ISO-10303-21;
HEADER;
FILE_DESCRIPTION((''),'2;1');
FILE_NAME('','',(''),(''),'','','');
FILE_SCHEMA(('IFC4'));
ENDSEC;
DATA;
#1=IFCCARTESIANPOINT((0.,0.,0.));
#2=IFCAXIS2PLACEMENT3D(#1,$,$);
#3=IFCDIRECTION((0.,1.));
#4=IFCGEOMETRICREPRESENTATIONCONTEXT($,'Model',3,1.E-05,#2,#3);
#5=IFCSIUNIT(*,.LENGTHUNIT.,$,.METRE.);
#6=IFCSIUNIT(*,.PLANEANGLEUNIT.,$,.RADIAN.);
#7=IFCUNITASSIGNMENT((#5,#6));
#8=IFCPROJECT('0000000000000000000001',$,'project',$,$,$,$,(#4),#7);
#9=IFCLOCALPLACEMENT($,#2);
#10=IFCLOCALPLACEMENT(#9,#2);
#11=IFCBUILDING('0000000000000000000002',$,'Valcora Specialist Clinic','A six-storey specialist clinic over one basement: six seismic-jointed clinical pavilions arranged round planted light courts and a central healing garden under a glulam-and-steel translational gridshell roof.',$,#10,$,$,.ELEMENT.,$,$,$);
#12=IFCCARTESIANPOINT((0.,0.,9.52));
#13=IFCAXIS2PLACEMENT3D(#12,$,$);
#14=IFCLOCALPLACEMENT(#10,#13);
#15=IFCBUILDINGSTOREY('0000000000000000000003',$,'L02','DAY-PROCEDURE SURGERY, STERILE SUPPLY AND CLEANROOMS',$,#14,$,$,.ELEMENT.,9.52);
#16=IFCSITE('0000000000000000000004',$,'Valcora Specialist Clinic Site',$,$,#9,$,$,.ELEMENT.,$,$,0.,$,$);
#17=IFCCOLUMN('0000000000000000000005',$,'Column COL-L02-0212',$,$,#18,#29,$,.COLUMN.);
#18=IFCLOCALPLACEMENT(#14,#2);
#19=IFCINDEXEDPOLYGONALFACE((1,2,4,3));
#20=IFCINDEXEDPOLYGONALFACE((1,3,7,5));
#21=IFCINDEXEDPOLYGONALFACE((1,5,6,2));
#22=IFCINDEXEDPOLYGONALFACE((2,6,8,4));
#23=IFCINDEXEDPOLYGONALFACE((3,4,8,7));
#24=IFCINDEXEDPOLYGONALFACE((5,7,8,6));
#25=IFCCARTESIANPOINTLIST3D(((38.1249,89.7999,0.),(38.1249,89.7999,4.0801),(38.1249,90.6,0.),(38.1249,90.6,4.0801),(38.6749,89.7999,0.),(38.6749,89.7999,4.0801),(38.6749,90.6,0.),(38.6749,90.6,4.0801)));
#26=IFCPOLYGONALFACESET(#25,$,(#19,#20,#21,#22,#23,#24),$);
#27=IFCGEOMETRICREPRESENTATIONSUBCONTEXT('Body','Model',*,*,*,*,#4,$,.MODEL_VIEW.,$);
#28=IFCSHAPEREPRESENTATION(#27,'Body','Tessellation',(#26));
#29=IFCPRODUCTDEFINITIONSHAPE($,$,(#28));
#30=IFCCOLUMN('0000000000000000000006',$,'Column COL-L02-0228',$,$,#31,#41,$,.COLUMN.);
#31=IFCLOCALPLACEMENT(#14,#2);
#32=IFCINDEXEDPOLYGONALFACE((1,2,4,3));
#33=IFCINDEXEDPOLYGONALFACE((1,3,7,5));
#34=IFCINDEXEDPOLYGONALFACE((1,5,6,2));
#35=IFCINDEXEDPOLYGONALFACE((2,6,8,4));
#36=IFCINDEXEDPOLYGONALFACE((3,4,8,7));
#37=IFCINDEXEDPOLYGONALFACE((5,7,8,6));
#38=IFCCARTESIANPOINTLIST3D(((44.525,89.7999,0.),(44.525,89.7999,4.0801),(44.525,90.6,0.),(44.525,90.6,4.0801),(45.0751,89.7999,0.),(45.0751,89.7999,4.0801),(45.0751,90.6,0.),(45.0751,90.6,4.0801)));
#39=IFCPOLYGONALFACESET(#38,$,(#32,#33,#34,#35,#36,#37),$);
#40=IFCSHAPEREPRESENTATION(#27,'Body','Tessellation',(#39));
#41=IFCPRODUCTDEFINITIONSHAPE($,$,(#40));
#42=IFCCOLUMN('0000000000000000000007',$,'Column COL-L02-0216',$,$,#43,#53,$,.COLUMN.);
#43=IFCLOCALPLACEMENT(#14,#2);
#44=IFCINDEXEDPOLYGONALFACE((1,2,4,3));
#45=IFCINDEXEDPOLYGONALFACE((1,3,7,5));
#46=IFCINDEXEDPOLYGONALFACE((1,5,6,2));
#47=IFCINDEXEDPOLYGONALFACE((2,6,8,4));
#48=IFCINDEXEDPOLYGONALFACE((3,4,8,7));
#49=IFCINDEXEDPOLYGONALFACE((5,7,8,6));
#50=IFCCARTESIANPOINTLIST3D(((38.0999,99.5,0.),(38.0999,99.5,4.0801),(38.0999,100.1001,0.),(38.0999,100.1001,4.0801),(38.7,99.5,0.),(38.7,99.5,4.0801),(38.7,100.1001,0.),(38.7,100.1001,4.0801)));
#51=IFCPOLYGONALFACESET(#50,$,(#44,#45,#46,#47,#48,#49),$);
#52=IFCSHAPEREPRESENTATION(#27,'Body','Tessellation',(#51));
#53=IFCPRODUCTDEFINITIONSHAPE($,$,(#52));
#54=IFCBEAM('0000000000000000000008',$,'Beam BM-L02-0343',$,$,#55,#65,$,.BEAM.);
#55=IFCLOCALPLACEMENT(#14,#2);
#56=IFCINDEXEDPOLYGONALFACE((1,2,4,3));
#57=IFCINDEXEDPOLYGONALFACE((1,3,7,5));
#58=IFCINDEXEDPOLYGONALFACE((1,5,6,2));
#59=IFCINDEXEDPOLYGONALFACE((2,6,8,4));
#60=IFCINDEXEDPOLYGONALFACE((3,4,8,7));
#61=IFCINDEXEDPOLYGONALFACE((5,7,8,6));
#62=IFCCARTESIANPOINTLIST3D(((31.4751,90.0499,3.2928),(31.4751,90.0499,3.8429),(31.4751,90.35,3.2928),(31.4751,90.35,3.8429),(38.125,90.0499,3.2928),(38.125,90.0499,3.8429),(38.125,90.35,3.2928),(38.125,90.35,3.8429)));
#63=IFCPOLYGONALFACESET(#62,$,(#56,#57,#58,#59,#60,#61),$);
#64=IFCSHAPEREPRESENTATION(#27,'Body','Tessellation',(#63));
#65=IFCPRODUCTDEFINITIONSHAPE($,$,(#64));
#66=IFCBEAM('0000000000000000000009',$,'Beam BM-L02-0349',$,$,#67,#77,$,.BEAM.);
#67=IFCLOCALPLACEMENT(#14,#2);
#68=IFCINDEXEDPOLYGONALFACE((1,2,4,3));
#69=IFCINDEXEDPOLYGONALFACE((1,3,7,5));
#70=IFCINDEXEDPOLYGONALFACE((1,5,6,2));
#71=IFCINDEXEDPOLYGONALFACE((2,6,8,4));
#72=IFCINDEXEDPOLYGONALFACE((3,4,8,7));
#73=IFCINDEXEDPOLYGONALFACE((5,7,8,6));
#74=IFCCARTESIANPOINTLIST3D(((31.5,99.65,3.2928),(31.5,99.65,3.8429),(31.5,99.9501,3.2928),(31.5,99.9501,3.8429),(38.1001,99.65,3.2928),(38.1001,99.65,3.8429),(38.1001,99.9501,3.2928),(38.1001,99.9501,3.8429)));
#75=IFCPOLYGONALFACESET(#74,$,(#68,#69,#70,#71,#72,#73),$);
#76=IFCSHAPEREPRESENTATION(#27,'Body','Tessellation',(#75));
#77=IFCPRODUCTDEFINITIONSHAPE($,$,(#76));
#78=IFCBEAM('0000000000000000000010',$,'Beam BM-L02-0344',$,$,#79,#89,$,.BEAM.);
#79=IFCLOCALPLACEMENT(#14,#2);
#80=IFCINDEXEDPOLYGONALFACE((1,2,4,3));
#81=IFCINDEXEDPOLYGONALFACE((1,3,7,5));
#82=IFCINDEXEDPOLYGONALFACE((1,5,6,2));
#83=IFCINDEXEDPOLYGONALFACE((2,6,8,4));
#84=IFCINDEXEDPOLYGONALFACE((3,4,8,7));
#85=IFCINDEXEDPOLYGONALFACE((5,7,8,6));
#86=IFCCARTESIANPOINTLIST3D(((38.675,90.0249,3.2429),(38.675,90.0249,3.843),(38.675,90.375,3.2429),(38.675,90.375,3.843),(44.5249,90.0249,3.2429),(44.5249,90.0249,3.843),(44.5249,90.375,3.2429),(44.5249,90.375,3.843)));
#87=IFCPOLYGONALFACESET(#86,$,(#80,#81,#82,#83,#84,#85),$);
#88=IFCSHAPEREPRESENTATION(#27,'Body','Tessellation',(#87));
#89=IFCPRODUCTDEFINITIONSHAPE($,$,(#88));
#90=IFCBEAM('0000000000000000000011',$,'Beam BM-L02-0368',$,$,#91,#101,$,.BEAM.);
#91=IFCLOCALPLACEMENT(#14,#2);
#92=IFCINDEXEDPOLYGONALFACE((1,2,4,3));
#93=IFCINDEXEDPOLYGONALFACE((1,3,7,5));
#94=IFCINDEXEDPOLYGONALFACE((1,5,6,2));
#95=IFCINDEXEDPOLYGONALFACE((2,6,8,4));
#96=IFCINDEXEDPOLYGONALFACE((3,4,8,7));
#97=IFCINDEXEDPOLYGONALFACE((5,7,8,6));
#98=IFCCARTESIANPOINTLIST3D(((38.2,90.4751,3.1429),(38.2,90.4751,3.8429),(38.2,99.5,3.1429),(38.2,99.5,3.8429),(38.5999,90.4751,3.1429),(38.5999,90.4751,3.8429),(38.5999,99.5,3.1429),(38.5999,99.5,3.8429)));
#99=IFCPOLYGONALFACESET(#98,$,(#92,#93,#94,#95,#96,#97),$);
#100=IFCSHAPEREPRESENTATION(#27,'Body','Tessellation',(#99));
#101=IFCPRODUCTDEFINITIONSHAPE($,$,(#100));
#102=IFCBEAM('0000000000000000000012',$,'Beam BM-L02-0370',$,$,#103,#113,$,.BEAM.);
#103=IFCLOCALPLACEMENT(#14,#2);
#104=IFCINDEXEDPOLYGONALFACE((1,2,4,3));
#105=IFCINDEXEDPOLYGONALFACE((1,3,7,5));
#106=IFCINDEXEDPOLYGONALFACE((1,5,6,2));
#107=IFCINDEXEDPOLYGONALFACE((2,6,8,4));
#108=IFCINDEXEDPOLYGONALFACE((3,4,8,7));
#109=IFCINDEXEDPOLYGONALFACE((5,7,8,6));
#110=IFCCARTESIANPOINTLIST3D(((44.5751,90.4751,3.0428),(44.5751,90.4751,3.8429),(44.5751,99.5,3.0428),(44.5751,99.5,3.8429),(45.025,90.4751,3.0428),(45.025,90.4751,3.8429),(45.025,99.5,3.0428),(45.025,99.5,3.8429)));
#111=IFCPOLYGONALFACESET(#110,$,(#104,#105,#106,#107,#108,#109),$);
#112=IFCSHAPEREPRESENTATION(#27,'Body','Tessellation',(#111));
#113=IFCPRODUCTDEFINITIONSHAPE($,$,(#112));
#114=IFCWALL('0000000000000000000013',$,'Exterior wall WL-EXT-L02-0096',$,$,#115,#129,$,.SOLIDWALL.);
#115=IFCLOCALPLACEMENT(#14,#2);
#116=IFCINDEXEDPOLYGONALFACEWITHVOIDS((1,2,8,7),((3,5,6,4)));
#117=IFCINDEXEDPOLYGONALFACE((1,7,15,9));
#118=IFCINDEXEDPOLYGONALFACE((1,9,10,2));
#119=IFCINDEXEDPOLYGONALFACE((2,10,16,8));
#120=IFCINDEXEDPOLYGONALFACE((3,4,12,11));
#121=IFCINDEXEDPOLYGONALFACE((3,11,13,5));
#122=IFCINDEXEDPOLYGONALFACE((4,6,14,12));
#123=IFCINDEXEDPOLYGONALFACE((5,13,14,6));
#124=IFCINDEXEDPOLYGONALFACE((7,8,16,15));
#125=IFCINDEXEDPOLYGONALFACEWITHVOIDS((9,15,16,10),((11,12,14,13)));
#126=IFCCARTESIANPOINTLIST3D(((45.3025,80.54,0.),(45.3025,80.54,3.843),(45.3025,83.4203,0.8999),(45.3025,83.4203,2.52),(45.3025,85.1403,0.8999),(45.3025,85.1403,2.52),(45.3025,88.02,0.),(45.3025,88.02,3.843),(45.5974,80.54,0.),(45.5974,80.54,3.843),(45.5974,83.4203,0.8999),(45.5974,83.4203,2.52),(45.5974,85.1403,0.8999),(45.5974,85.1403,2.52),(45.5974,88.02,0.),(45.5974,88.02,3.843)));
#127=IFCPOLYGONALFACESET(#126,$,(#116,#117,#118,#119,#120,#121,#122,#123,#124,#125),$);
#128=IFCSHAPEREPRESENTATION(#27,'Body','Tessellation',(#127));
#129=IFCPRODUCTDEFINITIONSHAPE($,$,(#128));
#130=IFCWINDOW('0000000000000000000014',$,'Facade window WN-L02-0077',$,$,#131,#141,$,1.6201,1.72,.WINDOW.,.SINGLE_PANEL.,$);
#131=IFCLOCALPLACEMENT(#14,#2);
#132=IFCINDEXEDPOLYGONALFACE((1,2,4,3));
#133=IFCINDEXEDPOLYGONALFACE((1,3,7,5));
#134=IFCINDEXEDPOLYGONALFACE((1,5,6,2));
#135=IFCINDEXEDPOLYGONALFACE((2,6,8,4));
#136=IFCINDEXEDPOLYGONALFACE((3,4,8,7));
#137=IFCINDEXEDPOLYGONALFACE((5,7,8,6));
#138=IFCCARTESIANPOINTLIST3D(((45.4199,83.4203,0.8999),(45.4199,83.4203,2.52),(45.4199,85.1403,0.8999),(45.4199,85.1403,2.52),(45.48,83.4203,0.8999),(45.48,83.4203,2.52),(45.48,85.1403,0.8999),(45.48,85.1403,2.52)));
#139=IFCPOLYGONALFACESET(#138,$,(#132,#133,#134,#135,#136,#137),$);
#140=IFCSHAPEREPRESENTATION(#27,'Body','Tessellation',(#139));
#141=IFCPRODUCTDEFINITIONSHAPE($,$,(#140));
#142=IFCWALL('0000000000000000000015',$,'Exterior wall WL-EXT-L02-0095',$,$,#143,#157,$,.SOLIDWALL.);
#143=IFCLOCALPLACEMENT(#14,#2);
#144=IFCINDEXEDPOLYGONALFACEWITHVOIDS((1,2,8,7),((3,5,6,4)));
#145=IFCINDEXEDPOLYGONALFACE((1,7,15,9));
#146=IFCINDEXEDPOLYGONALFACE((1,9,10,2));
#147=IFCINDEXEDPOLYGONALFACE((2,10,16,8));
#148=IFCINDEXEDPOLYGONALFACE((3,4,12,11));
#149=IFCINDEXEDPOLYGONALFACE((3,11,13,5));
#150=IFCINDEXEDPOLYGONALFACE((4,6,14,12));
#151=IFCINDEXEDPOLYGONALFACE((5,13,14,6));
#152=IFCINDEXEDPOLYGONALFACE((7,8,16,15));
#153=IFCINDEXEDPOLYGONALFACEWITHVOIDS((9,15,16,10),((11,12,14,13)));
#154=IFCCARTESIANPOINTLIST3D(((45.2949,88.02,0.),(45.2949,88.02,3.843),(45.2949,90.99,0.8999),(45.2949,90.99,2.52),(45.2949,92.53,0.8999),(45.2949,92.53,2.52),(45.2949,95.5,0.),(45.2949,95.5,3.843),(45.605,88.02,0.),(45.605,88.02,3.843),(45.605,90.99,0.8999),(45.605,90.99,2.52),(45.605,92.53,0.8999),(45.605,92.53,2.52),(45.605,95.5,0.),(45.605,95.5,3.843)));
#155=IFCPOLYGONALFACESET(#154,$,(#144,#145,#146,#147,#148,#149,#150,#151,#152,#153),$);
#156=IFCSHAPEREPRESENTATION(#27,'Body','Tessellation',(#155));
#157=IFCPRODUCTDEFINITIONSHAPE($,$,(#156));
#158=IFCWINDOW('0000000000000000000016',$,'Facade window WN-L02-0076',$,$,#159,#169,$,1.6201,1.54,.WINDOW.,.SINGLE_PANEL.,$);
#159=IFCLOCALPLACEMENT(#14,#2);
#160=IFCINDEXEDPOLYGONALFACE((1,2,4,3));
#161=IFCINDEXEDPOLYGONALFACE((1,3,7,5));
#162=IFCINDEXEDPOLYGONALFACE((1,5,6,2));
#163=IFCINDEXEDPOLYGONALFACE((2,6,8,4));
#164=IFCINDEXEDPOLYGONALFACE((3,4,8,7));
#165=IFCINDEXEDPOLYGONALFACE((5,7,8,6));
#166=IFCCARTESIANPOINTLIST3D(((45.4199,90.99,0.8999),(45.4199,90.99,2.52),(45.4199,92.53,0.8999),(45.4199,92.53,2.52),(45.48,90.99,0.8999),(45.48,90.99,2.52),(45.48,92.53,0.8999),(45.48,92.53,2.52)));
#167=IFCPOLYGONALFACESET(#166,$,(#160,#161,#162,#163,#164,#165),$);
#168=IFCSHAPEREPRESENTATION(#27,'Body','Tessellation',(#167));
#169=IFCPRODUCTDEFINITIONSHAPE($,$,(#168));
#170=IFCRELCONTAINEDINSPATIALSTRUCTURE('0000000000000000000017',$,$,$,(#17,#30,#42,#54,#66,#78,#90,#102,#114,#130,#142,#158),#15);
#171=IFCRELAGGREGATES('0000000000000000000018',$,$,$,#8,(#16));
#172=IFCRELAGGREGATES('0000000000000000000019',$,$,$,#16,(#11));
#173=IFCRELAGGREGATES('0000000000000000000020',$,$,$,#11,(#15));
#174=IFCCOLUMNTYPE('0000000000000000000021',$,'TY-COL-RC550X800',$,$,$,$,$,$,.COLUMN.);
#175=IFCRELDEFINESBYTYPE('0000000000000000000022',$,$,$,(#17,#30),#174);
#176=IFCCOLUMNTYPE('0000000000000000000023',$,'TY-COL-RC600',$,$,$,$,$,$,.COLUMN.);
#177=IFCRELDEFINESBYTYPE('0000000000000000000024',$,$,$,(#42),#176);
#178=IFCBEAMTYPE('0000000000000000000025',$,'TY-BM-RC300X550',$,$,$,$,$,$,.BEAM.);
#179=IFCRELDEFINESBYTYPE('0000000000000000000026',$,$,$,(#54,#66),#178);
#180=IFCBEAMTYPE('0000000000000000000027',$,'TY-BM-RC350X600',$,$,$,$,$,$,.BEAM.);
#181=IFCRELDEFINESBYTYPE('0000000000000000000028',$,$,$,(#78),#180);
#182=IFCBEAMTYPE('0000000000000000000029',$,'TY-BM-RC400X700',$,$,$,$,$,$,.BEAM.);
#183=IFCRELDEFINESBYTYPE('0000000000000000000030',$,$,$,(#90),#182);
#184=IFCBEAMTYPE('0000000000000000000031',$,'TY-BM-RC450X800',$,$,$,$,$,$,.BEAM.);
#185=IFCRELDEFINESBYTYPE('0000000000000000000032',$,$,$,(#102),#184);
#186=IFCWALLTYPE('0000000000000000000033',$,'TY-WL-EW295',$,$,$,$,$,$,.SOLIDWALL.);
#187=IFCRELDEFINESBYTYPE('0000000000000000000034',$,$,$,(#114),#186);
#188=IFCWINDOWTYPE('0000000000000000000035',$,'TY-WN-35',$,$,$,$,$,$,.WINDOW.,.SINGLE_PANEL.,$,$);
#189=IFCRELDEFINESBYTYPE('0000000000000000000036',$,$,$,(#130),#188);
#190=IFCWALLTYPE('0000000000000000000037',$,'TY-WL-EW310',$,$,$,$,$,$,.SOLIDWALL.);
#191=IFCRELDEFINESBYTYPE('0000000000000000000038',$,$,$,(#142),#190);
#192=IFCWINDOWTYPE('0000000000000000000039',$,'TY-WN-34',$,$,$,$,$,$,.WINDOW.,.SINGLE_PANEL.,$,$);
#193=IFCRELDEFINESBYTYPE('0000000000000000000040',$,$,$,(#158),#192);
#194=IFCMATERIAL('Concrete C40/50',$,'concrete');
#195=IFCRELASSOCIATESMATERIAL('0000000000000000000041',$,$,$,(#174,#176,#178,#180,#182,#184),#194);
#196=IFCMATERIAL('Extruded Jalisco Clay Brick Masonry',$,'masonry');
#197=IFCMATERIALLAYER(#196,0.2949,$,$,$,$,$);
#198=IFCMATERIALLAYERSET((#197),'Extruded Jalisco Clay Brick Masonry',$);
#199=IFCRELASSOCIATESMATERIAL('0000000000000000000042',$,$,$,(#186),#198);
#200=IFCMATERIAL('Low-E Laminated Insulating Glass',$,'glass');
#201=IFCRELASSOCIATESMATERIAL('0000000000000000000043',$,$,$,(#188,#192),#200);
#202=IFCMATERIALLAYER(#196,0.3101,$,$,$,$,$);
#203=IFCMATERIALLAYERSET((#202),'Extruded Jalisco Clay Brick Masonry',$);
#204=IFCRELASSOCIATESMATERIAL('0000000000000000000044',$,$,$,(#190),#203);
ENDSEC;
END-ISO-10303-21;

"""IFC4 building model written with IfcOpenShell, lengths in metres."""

from ifc_helpers import new_model, si_unit, direction, frame, frame_2d, origin, origin_2d, place, context, subcontext, project, spatial, rectangle, extrude, material, layer, layer_set, material_profile, profile_set, type_object, element, fill, save


model = new_model("IFC4")

# Units and contexts
model_context = context("Model", 3, precision=1e-05, world=origin(), true_north=direction((0.0, 1.0)))
body_context = subcontext(model_context, "Body", "Model", "MODEL_VIEW")
ifc_project = project(units=[si_unit("LENGTHUNIT", "METRE"), si_unit("PLANEANGLEUNIT", "RADIAN")], contexts=[model_context])

# Site, building, storey
site_placement = place(None, origin())
site = spatial("IfcSite", under=ifc_project, at=site_placement, Name="Valcora Specialist Clinic Site", CompositionType="ELEMENT", RefElevation=0.0)
building_placement = place(site_placement, origin())
building = spatial("IfcBuilding", under=site, at=building_placement, Name="Valcora Specialist Clinic", Description="A six-storey specialist clinic over one basement: six seismic-jointed clinical pavilions arranged round planted light courts and a central healing garden under a glulam-and-steel translational gridshell roof.", CompositionType="ELEMENT")
storey_placement = place(building_placement, frame((0.0, 0.0, 9.52)))
storey = spatial("IfcBuildingStorey", under=building, at=storey_placement, Name="L02", Description="DAY-PROCEDURE SURGERY, STERILE SUPPLY AND CLEANROOMS", CompositionType="ELEMENT", Elevation=9.52)

# Columns
ifc_material_1 = material(Name="Concrete C40/50", Category="concrete")
ifc_material_profile_1 = material_profile(ifc_material_1, rectangle(XDim=0.55, YDim=0.8, at=origin_2d()), Name="RC-COL-550X800")
ifc_profile_set_1 = profile_set([ifc_material_profile_1], Name="Concrete C40/50")
column_type_1 = type_object("IfcColumnType", Name="TY-COL-RC550X800", PredefinedType="COLUMN", material=ifc_profile_set_1)
for number, where, z_axis, x_axis, name in (
    (1, (38.3999, 90.2, 0.0), (0.0, 0.0, 1.0), (1.0, 0.0, 0.0), "Column COL-L02-0212"),
    (2, (44.8, 90.2, 0.0), (0.0, 0.0, 1.0), (1.0, 0.0, 0.0), "Column COL-L02-0228"),
):
    element("IfcColumn", number, at=place(storey_placement, frame(where, z_axis=z_axis, x_axis=x_axis)), inside=storey, type_object=column_type_1, Name=name, PredefinedType="COLUMN", context=body_context, shape_type="SweptSolid", body=[
        extrude(rectangle(XDim=0.55, YDim=0.8, at=origin_2d()), origin(), (0.0, 0.0, 1.0), 4.0801),
    ])
ifc_material_profile_2 = material_profile(ifc_material_1, rectangle(XDim=0.6001, YDim=0.6001, at=origin_2d()), Name="RC-COL-600X600")
ifc_profile_set_2 = profile_set([ifc_material_profile_2], Name="Concrete C40/50")
column_type_2 = type_object("IfcColumnType", Name="TY-COL-RC600", PredefinedType="COLUMN", material=ifc_profile_set_2)
column_placement = place(storey_placement, frame((38.3999, 99.8, 0.0), z_axis=(0.0, 0.0, 1.0), x_axis=(1.0, 0.0, 0.0)))
element("IfcColumn", 3, at=column_placement, inside=storey, type_object=column_type_2, Name="Column COL-L02-0216", PredefinedType="COLUMN", context=body_context, shape_type="SweptSolid", body=[
    extrude(rectangle(XDim=0.6001, YDim=0.6001, at=origin_2d()), origin(), (0.0, 0.0, 1.0), 4.0801),
])

# Beams
ifc_material_profile_3 = material_profile(ifc_material_1, rectangle(XDim=0.3, YDim=0.55, at=origin_2d()), Name="RC-BM-300X550")
ifc_profile_set_3 = profile_set([ifc_material_profile_3], Name="Concrete C40/50")
beam_type_1 = type_object("IfcBeamType", Name="TY-BM-RC300X550", PredefinedType="BEAM", material=ifc_profile_set_3)
beam_1_placement = place(storey_placement, frame((31.4751, 90.2, 3.5679), z_axis=(1.0, 0.0, 0.0), x_axis=(0.0, 1.0, 0.0)))
element("IfcBeam", 4, at=beam_1_placement, inside=storey, type_object=beam_type_1, Name="Beam BM-L02-0343", PredefinedType="BEAM", context=body_context, shape_type="SweptSolid", body=[
    extrude(rectangle(XDim=0.3, YDim=0.55, at=origin_2d()), origin(), (0.0, 0.0, 1.0), 6.6499),
])
beam_2_placement = place(storey_placement, frame((31.5, 99.8, 3.5679), z_axis=(1.0, 0.0, 0.0), x_axis=(0.0, 1.0, 0.0)))
element("IfcBeam", 5, at=beam_2_placement, inside=storey, type_object=beam_type_1, Name="Beam BM-L02-0349", PredefinedType="BEAM", context=body_context, shape_type="SweptSolid", body=[
    extrude(rectangle(XDim=0.3, YDim=0.55, at=origin_2d()), origin(), (0.0, 0.0, 1.0), 6.6001),
])
ifc_material_profile_4 = material_profile(ifc_material_1, rectangle(XDim=0.3501, YDim=0.6001, at=origin_2d()), Name="RC-BM-350X600")
ifc_profile_set_4 = profile_set([ifc_material_profile_4], Name="Concrete C40/50")
beam_type_2 = type_object("IfcBeamType", Name="TY-BM-RC350X600", PredefinedType="BEAM", material=ifc_profile_set_4)
beam_3_placement = place(storey_placement, frame((38.675, 90.2, 3.543), z_axis=(1.0, 0.0, 0.0), x_axis=(0.0, 1.0, 0.0)))
element("IfcBeam", 6, at=beam_3_placement, inside=storey, type_object=beam_type_2, Name="Beam BM-L02-0344", PredefinedType="BEAM", context=body_context, shape_type="SweptSolid", body=[
    extrude(rectangle(XDim=0.3501, YDim=0.6001, at=origin_2d()), origin(), (0.0, 0.0, 1.0), 5.8499),
])
ifc_material_profile_5 = material_profile(ifc_material_1, rectangle(XDim=0.3999, YDim=0.7, at=origin_2d()), Name="RC-BM-400X700")
ifc_profile_set_5 = profile_set([ifc_material_profile_5], Name="Concrete C40/50")
beam_type_3 = type_object("IfcBeamType", Name="TY-BM-RC400X700", PredefinedType="BEAM", material=ifc_profile_set_5)
beam_4_placement = place(storey_placement, frame((38.3999, 90.4751, 3.4929), z_axis=(0.0, 1.0, 0.0), x_axis=(-1.0, 0.0, 0.0)))
element("IfcBeam", 7, at=beam_4_placement, inside=storey, type_object=beam_type_3, Name="Beam BM-L02-0368", PredefinedType="BEAM", context=body_context, shape_type="SweptSolid", body=[
    extrude(rectangle(XDim=0.3999, YDim=0.7, at=origin_2d()), origin(), (0.0, 0.0, 1.0), 9.0249),
])
ifc_material_profile_6 = material_profile(ifc_material_1, rectangle(XDim=0.45, YDim=0.8, at=origin_2d()), Name="RC-BM-450X800")
ifc_profile_set_6 = profile_set([ifc_material_profile_6], Name="Concrete C40/50")
beam_type_4 = type_object("IfcBeamType", Name="TY-BM-RC450X800", PredefinedType="BEAM", material=ifc_profile_set_6)
beam_5_placement = place(storey_placement, frame((44.8, 90.4751, 3.4429), z_axis=(0.0, 1.0, 0.0), x_axis=(-1.0, 0.0, 0.0)))
element("IfcBeam", 8, at=beam_5_placement, inside=storey, type_object=beam_type_4, Name="Beam BM-L02-0370", PredefinedType="BEAM", context=body_context, shape_type="SweptSolid", body=[
    extrude(rectangle(XDim=0.45, YDim=0.8, at=origin_2d()), origin(), (0.0, 0.0, 1.0), 9.0249),
])

# Walls, openings, windows
ifc_material_2 = material(Name="Extruded Jalisco Clay Brick Masonry", Category="masonry")
ifc_layer_1 = layer(ifc_material_2, 0.2949)
ifc_layer_set_1 = layer_set([ifc_layer_1], Name="Extruded Jalisco Clay Brick Masonry")
wall_type_1 = type_object("IfcWallType", Name="TY-WL-EW295", PredefinedType="SOLIDWALL", material=ifc_layer_set_1)
wall_1_placement = place(storey_placement, frame((45.45, 88.02, 0.0), z_axis=(0.0, 0.0, 1.0), x_axis=(0.0, -1.0, 0.0)))
wall_1 = element("IfcWall", 9, at=wall_1_placement, inside=storey, type_object=wall_type_1, Name="Exterior wall WL-EXT-L02-0096", PredefinedType="SOLIDWALL", context=body_context, shape_type="SweptSolid", body=[
    extrude(rectangle(XDim=7.48, YDim=0.2949, at=frame_2d((3.74, 0.0))), origin(), (0.0, 0.0, 1.0), 3.843),
])
opening_1_placement = place(wall_1_placement, frame((2.8799, 0.0, 0.8999)))
opening_1 = element("IfcOpeningElement", 10, at=opening_1_placement, cuts=wall_1, PredefinedType="OPENING", context=body_context, shape_type="SweptSolid", body=[
    extrude(rectangle(XDim=1.72, YDim=1.6201, at=frame_2d((0.8599, 0.8101))), frame((0.0, 0.1575, 0.0), z_axis=(0.0, -1.0, 0.0), x_axis=(1.0, 0.0, 0.0)), (0.0, 0.0, 1.0), 0.3149),
])
ifc_material_3 = material(Name="Low-E Laminated Insulating Glass", Category="glass")
window_type_1 = type_object("IfcWindowType", Name="TY-WN-35", PartitioningType="SINGLE_PANEL", PredefinedType="WINDOW", material=ifc_material_3)
window_1_placement = place(opening_1_placement, origin())
window_1 = element("IfcWindow", 11, at=window_1_placement, inside=storey, type_object=window_type_1, Name="Facade window WN-L02-0077", OverallHeight=1.6201, OverallWidth=1.72, PartitioningType="SINGLE_PANEL", PredefinedType="WINDOW", context=body_context, shape_type="SweptSolid", body=[
    extrude(rectangle(XDim=1.72, YDim=1.6201, at=frame_2d((0.8599, 0.8101))), frame((0.0, 0.03, 0.0), z_axis=(0.0, -1.0, 0.0), x_axis=(1.0, 0.0, 0.0)), (0.0, 0.0, 1.0), 0.0601),
])
fill(opening_1, window_1)
ifc_layer_2 = layer(ifc_material_2, 0.3101)
ifc_layer_set_2 = layer_set([ifc_layer_2], Name="Extruded Jalisco Clay Brick Masonry")
wall_type_2 = type_object("IfcWallType", Name="TY-WL-EW310", PredefinedType="SOLIDWALL", material=ifc_layer_set_2)
wall_2_placement = place(storey_placement, frame((45.45, 95.5, 0.0), z_axis=(0.0, 0.0, 1.0), x_axis=(0.0, -1.0, 0.0)))
wall_2 = element("IfcWall", 12, at=wall_2_placement, inside=storey, type_object=wall_type_2, Name="Exterior wall WL-EXT-L02-0095", PredefinedType="SOLIDWALL", context=body_context, shape_type="SweptSolid", body=[
    extrude(rectangle(XDim=7.48, YDim=0.3101, at=frame_2d((3.74, 0.0))), origin(), (0.0, 0.0, 1.0), 3.843),
])
opening_2_placement = place(wall_2_placement, frame((2.97, 0.0, 0.8999)))
opening_2 = element("IfcOpeningElement", 13, at=opening_2_placement, cuts=wall_2, PredefinedType="OPENING", context=body_context, shape_type="SweptSolid", body=[
    extrude(rectangle(XDim=1.54, YDim=1.6201, at=frame_2d((0.77, 0.8101))), frame((0.0, 0.165, 0.0), z_axis=(0.0, -1.0, 0.0), x_axis=(1.0, 0.0, 0.0)), (0.0, 0.0, 1.0), 0.3301),
])
window_type_2 = type_object("IfcWindowType", Name="TY-WN-34", PartitioningType="SINGLE_PANEL", PredefinedType="WINDOW", material=ifc_material_3)
window_2_placement = place(opening_2_placement, origin())
window_2 = element("IfcWindow", 14, at=window_2_placement, inside=storey, type_object=window_type_2, Name="Facade window WN-L02-0076", OverallHeight=1.6201, OverallWidth=1.54, PartitioningType="SINGLE_PANEL", PredefinedType="WINDOW", context=body_context, shape_type="SweptSolid", body=[
    extrude(rectangle(XDim=1.54, YDim=1.6201, at=frame_2d((0.77, 0.8101))), frame((0.0, 0.03, 0.0), z_axis=(0.0, -1.0, 0.0), x_axis=(1.0, 0.0, 0.0)), (0.0, 0.0, 1.0), 0.0601),
])
fill(opening_2, window_2)

save(model, "model.ifc")
